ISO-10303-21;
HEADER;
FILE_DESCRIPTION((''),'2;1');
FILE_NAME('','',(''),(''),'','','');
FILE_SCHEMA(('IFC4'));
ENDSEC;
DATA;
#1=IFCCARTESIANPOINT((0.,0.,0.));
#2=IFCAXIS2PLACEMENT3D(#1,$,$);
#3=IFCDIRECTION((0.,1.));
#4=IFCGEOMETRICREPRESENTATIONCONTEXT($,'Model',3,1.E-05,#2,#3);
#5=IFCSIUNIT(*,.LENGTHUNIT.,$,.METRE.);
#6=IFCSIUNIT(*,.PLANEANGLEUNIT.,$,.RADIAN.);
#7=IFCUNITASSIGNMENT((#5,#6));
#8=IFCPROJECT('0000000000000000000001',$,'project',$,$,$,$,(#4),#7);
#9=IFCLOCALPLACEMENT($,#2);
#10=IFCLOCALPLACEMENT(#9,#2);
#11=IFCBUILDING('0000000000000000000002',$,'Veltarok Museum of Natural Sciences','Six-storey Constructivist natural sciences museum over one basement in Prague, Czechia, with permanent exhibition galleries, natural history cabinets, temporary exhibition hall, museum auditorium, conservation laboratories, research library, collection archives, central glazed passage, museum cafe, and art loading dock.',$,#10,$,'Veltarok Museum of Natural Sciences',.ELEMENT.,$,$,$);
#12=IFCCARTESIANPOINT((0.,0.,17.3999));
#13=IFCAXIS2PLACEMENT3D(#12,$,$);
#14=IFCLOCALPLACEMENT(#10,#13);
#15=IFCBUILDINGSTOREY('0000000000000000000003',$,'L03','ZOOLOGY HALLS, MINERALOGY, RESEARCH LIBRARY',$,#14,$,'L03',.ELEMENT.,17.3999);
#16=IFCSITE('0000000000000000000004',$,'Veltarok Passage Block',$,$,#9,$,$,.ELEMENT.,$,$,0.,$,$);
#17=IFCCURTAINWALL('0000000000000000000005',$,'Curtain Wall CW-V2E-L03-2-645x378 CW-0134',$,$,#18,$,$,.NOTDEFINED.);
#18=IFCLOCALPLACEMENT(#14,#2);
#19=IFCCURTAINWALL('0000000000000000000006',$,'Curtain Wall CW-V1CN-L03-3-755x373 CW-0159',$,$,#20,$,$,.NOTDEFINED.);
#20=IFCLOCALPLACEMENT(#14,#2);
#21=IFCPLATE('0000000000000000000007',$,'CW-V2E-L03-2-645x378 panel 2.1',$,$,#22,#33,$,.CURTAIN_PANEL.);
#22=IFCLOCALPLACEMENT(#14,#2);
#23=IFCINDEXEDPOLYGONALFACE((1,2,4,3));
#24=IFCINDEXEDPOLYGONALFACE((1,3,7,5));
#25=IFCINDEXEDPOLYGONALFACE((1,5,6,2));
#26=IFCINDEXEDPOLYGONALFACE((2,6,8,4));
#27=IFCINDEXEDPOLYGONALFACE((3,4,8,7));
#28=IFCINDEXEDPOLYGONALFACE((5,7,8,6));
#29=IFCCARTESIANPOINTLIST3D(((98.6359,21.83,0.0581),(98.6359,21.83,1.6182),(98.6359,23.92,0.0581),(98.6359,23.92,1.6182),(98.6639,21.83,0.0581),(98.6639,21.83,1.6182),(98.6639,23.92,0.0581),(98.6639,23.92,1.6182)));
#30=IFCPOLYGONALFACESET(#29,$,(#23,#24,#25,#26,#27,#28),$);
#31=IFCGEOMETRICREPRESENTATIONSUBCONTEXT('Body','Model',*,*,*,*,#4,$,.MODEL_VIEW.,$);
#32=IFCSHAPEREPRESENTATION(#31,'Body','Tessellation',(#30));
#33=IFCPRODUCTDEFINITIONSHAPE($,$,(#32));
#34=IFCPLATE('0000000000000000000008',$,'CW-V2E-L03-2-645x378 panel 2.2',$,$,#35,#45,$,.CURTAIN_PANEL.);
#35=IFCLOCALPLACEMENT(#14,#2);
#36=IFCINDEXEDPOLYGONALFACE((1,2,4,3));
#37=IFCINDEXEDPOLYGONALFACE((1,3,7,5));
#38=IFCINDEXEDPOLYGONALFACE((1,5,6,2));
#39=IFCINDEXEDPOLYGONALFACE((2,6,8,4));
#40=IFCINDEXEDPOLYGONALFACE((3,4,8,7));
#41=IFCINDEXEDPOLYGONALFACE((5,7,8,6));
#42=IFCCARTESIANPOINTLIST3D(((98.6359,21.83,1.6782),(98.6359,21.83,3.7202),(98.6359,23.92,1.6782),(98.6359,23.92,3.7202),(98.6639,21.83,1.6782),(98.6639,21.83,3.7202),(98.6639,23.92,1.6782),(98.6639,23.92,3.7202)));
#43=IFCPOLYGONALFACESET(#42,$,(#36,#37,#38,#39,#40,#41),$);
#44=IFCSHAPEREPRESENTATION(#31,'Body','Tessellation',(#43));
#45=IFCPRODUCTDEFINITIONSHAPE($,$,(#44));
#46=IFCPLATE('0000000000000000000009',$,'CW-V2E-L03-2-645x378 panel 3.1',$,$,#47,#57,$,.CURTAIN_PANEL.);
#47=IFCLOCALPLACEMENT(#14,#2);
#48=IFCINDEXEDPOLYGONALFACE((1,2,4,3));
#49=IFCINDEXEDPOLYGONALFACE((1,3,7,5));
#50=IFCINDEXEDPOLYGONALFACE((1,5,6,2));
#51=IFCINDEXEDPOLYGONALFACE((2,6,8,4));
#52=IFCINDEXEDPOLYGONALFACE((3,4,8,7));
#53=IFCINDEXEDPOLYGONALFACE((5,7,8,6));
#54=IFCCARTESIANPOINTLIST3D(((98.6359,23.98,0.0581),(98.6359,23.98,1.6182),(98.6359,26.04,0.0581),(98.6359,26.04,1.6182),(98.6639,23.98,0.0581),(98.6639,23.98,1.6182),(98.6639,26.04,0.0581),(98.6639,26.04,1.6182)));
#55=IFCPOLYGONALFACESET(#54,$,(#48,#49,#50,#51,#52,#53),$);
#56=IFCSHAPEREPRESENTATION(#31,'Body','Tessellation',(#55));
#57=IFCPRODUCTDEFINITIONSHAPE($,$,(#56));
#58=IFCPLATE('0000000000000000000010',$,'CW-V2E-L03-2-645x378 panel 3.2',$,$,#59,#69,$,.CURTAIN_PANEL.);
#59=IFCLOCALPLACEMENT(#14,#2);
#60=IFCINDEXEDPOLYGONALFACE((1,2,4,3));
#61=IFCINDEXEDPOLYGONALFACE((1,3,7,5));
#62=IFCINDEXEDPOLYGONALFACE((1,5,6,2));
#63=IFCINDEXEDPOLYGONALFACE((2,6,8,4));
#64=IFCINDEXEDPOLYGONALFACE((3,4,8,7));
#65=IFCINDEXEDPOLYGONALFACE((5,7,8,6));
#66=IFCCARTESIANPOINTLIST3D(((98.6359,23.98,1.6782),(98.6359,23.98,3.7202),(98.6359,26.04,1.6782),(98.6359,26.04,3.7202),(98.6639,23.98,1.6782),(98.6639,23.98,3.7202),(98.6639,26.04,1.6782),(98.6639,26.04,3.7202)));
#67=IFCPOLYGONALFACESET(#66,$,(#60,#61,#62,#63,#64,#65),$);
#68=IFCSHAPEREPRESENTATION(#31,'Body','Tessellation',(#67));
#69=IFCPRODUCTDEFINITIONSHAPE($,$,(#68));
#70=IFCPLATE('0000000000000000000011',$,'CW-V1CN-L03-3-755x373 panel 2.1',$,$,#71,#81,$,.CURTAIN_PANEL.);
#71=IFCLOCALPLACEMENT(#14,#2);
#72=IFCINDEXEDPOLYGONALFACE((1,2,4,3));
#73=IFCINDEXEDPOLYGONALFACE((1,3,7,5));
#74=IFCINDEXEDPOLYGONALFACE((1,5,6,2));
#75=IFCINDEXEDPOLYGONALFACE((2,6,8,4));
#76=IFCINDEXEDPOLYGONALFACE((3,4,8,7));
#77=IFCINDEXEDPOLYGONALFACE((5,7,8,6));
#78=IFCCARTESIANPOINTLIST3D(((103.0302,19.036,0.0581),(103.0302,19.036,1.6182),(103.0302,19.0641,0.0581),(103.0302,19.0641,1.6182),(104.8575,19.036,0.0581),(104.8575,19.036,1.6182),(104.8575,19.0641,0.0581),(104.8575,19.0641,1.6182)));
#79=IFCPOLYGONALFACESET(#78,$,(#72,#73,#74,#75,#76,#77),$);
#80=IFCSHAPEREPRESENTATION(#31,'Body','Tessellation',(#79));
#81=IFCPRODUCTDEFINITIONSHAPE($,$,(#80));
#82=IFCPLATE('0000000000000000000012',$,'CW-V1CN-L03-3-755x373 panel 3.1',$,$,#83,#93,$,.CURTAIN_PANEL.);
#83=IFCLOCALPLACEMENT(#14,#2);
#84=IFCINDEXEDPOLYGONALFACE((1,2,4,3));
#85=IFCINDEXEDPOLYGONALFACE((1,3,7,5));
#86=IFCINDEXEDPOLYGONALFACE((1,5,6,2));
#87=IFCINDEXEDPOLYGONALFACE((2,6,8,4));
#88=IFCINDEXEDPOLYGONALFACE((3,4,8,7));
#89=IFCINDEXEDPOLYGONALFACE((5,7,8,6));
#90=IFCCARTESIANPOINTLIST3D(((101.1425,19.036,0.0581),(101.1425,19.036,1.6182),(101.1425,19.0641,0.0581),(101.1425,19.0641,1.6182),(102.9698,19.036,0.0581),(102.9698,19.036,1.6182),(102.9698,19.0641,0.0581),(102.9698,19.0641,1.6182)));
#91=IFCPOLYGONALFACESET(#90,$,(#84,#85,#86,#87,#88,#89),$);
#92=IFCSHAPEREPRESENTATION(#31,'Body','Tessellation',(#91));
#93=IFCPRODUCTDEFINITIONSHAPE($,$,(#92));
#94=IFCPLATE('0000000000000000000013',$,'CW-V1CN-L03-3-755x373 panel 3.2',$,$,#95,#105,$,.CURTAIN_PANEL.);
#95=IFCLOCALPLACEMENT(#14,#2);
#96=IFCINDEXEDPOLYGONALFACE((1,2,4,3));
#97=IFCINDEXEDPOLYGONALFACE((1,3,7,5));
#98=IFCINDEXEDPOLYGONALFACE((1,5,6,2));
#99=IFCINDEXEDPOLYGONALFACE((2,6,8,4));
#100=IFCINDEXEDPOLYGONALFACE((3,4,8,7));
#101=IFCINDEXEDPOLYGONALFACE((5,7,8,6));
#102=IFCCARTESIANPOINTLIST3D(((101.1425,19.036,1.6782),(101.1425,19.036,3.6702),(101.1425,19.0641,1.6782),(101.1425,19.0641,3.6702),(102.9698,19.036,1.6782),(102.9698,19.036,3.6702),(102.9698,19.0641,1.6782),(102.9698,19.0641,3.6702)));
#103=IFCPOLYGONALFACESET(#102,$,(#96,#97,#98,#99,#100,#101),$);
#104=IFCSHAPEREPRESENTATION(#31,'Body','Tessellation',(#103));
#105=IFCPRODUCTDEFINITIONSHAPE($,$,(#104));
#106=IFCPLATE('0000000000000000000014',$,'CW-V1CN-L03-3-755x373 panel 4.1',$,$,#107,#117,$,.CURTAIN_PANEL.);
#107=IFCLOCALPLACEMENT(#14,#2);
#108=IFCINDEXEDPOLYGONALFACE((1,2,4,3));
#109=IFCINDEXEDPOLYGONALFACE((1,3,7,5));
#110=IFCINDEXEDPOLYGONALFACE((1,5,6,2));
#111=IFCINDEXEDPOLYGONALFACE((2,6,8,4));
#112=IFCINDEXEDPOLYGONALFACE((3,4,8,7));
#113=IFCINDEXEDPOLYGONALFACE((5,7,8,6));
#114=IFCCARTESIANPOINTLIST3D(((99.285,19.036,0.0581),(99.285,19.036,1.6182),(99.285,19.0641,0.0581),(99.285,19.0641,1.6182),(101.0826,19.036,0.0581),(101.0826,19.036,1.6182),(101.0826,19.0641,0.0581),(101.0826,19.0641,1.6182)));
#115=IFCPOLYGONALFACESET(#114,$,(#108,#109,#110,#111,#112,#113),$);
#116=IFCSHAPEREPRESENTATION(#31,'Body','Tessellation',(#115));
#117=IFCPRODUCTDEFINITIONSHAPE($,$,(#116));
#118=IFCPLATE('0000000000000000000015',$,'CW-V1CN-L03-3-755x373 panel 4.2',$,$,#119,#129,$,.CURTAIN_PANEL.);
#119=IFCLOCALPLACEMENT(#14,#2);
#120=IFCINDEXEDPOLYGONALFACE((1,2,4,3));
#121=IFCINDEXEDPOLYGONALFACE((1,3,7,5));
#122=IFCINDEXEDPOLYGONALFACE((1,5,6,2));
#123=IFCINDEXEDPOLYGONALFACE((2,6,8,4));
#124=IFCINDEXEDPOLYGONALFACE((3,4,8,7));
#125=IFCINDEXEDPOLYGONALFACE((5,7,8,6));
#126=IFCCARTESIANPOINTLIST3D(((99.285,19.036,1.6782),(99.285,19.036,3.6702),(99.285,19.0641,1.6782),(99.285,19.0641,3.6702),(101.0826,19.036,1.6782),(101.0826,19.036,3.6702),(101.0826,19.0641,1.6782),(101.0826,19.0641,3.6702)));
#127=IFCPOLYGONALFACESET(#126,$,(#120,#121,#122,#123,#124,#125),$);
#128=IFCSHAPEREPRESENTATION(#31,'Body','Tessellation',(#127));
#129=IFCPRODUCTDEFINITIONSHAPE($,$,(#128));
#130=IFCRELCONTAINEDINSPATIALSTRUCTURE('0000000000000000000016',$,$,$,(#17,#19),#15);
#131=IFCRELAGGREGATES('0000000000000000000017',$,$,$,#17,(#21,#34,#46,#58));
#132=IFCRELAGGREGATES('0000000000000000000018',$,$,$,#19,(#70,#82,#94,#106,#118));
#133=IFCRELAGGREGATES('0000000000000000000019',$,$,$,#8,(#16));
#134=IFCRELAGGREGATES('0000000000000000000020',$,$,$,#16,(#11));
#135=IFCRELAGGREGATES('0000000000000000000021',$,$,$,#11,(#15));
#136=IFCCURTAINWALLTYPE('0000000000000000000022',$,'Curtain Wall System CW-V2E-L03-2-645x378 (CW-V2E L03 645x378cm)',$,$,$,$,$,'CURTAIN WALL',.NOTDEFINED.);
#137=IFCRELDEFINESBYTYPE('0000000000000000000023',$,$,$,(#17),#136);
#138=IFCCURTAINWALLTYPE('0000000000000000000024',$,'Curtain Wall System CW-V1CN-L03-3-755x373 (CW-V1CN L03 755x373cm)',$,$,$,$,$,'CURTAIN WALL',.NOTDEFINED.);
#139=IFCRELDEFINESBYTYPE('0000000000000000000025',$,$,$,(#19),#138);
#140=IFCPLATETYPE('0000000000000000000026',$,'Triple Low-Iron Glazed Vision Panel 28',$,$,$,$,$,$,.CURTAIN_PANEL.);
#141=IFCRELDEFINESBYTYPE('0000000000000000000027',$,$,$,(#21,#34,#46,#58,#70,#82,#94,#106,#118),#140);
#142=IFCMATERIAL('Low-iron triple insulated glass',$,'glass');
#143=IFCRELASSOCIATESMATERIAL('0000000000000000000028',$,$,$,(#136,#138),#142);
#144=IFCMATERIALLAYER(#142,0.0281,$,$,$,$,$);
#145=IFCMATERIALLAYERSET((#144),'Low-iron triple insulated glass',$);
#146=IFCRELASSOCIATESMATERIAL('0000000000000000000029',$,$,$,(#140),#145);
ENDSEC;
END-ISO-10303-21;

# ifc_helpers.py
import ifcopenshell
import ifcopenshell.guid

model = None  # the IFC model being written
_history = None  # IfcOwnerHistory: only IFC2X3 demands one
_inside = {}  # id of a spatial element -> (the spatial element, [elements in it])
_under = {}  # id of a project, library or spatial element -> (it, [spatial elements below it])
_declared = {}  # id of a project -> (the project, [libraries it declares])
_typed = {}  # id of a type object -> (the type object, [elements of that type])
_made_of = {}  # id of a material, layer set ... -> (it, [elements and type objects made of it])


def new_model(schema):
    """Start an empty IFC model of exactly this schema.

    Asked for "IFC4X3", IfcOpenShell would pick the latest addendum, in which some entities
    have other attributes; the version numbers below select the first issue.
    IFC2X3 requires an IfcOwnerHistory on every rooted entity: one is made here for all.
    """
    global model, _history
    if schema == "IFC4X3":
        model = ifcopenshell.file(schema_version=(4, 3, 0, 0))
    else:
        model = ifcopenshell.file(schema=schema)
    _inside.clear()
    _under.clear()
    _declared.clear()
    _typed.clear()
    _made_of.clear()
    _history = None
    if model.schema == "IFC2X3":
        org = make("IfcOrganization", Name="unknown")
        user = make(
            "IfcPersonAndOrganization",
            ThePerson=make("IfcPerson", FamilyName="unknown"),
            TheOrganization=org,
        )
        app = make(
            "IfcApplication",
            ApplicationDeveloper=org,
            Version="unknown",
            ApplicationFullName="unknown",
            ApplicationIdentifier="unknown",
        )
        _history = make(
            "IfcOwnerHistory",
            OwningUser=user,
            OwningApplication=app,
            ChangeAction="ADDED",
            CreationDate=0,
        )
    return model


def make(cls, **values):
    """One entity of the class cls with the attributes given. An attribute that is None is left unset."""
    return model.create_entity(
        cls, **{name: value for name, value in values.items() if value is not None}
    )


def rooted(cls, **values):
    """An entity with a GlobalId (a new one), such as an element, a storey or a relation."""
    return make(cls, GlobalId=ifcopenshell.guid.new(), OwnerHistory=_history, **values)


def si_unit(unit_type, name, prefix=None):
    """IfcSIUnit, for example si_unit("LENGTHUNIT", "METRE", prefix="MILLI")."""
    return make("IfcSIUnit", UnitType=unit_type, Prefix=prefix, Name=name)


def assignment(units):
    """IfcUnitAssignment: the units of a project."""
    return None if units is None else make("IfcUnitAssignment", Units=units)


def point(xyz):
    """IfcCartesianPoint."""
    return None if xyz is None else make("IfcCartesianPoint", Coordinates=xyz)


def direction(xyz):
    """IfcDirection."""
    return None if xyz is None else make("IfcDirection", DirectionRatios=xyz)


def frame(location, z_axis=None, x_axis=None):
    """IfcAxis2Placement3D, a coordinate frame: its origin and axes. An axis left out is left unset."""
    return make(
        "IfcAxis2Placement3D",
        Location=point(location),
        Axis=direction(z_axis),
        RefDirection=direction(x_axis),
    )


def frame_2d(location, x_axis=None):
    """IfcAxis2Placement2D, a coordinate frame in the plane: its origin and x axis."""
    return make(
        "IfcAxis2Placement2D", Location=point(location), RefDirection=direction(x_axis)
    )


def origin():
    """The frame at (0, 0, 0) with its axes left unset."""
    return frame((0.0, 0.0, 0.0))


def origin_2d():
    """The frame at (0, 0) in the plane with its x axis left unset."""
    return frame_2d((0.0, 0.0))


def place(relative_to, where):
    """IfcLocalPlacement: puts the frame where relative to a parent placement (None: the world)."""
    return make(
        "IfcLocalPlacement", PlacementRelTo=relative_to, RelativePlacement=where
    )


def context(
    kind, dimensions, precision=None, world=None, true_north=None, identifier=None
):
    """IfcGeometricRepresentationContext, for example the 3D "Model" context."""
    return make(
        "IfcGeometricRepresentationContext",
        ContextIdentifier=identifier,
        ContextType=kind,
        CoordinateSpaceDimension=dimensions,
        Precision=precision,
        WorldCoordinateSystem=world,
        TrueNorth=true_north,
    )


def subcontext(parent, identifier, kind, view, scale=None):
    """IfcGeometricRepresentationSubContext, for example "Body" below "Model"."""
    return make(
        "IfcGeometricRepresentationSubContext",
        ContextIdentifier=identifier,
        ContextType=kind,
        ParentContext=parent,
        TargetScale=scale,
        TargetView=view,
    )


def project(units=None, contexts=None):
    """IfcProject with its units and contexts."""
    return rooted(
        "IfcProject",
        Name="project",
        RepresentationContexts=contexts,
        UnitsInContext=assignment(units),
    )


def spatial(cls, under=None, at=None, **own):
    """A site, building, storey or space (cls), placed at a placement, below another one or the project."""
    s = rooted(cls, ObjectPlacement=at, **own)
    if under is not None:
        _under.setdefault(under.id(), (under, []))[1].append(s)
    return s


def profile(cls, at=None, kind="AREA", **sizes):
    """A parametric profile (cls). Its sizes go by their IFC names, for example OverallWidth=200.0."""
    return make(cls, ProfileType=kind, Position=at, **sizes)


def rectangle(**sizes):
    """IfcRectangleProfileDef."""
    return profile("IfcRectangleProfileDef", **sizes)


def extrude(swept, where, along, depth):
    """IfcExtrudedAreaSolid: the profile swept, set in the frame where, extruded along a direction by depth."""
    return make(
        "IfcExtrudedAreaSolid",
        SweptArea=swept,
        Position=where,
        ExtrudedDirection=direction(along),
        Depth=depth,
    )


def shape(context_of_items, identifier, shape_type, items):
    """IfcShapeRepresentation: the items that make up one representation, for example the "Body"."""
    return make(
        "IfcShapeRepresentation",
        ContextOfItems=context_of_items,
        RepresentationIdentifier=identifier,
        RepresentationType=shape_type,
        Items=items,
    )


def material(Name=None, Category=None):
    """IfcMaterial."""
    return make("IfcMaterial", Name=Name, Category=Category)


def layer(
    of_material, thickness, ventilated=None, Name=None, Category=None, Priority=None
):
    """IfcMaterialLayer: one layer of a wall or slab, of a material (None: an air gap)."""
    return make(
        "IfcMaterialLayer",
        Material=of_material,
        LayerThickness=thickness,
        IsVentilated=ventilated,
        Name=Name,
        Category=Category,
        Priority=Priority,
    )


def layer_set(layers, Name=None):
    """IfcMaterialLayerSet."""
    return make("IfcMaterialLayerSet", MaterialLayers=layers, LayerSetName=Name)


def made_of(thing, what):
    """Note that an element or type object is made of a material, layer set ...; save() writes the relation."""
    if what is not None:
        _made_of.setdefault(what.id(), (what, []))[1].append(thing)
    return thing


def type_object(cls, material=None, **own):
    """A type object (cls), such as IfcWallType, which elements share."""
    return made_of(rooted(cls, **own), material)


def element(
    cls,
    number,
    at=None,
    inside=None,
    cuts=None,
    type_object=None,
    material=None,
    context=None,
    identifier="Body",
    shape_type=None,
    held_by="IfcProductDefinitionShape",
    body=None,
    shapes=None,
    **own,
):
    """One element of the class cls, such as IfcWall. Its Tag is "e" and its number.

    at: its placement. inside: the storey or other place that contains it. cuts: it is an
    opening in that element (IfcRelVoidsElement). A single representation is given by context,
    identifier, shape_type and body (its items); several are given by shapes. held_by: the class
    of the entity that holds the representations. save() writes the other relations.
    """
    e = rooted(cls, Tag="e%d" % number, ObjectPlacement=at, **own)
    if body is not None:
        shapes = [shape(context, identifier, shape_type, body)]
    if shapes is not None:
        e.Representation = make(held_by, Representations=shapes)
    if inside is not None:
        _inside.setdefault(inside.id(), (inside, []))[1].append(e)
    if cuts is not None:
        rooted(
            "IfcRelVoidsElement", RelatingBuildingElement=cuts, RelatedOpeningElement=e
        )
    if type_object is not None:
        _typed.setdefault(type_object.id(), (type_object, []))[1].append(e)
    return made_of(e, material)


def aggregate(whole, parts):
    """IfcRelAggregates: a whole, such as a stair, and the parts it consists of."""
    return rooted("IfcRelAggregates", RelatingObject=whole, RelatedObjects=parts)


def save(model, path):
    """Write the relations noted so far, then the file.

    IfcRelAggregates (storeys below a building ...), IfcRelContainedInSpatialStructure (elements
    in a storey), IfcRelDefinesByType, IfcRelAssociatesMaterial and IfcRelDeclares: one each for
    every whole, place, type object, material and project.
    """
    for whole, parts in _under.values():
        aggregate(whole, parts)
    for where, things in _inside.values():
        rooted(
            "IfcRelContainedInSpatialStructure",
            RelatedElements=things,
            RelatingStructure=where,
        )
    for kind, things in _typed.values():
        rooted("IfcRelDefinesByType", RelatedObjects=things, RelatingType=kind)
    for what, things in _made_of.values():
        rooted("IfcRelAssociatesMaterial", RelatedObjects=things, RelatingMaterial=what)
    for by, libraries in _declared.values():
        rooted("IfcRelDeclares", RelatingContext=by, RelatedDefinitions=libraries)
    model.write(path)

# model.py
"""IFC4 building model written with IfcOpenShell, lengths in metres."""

from ifc_helpers import new_model, si_unit, direction, frame, origin, origin_2d, place, context, subcontext, project, spatial, rectangle, extrude, material, layer, layer_set, type_object, element, aggregate, save


model = new_model("IFC4")

# Units and contexts
model_context = context("Model", 3, precision=1e-05, world=origin(), true_north=direction((0.0, 1.0)))
body_context = subcontext(model_context, "Body", "Model", "MODEL_VIEW")
ifc_project = project(units=[si_unit("LENGTHUNIT", "METRE"), si_unit("PLANEANGLEUNIT", "RADIAN")], contexts=[model_context])

# Site, building, storey
site_placement = place(None, origin())
site = spatial("IfcSite", under=ifc_project, at=site_placement, Name="Veltarok Passage Block", CompositionType="ELEMENT", RefElevation=0.0)
building_placement = place(site_placement, origin())
building = spatial("IfcBuilding", under=site, at=building_placement, Name="Veltarok Museum of Natural Sciences", Description="Six-storey Constructivist natural sciences museum over one basement in Prague, Czechia, with permanent exhibition galleries, natural history cabinets, temporary exhibition hall, museum auditorium, conservation laboratories, research library, collection archives, central glazed passage, museum cafe, and art loading dock.", LongName="Veltarok Museum of Natural Sciences", CompositionType="ELEMENT")
storey_placement = place(building_placement, frame((0.0, 0.0, 17.3999)))
storey = spatial("IfcBuildingStorey", under=building, at=storey_placement, Name="L03", Description="ZOOLOGY HALLS, MINERALOGY, RESEARCH LIBRARY", LongName="L03", CompositionType="ELEMENT", Elevation=17.3999)

# Curtain walls
ifc_material_1 = material(Name="Low-iron triple insulated glass", Category="glass")
curtain_wall_type_1 = type_object("IfcCurtainWallType", Name="Curtain Wall System CW-V2E-L03-2-645x378 (CW-V2E L03 645x378cm)", ElementType="CURTAIN WALL", PredefinedType="NOTDEFINED", material=ifc_material_1)
curtain_wall_1_placement = place(storey_placement, origin())
curtain_wall_1 = element("IfcCurtainWall", 1, at=curtain_wall_1_placement, inside=storey, type_object=curtain_wall_type_1, Name="Curtain Wall CW-V2E-L03-2-645x378 CW-0134", PredefinedType="NOTDEFINED")
curtain_wall_type_2 = type_object("IfcCurtainWallType", Name="Curtain Wall System CW-V1CN-L03-3-755x373 (CW-V1CN L03 755x373cm)", ElementType="CURTAIN WALL", PredefinedType="NOTDEFINED", material=ifc_material_1)
curtain_wall_2_placement = place(storey_placement, origin())
curtain_wall_2 = element("IfcCurtainWall", 2, at=curtain_wall_2_placement, inside=storey, type_object=curtain_wall_type_2, Name="Curtain Wall CW-V1CN-L03-3-755x373 CW-0159", PredefinedType="NOTDEFINED")

# Plates
ifc_layer = layer(ifc_material_1, 0.0281)
ifc_layer_set = layer_set([ifc_layer], Name="Low-iron triple insulated glass")
plate_type = type_object("IfcPlateType", Name="Triple Low-Iron Glazed Vision Panel 28", PredefinedType="CURTAIN_PANEL", material=ifc_layer_set)
plate_1_placement = place(storey_placement, frame((98.6499, 22.875, 0.0581), z_axis=(0.0, 0.0, 1.0), x_axis=(0.0, 1.0, 0.0)))
plate_1 = element("IfcPlate", 3, at=plate_1_placement, type_object=plate_type, Name="CW-V2E-L03-2-645x378 panel 2.1", PredefinedType="CURTAIN_PANEL", context=body_context, shape_type="SweptSolid", body=[
    extrude(rectangle(XDim=2.0901, YDim=0.0281, at=origin_2d()), origin(), (0.0, 0.0, 1.0), 1.5601),
])
plate_2_placement = place(storey_placement, frame((98.6499, 22.875, 1.6782), z_axis=(0.0, 0.0, 1.0), x_axis=(0.0, 1.0, 0.0)))
plate_2 = element("IfcPlate", 4, at=plate_2_placement, type_object=plate_type, Name="CW-V2E-L03-2-645x378 panel 2.2", PredefinedType="CURTAIN_PANEL", context=body_context, shape_type="SweptSolid", body=[
    extrude(rectangle(XDim=2.0901, YDim=0.0281, at=origin_2d()), origin(), (0.0, 0.0, 1.0), 2.042),
])
plate_3_placement = place(storey_placement, frame((98.6499, 25.01, 0.0581), z_axis=(0.0, 0.0, 1.0), x_axis=(0.0, 1.0, 0.0)))
plate_3 = element("IfcPlate", 5, at=plate_3_placement, type_object=plate_type, Name="CW-V2E-L03-2-645x378 panel 3.1", PredefinedType="CURTAIN_PANEL", context=body_context, shape_type="SweptSolid", body=[
    extrude(rectangle(XDim=2.0601, YDim=0.0281, at=origin_2d()), origin(), (0.0, 0.0, 1.0), 1.5601),
])
plate_4_placement = place(storey_placement, frame((98.6499, 25.01, 1.6782), z_axis=(0.0, 0.0, 1.0), x_axis=(0.0, 1.0, 0.0)))
plate_4 = element("IfcPlate", 6, at=plate_4_placement, type_object=plate_type, Name="CW-V2E-L03-2-645x378 panel 3.2", PredefinedType="CURTAIN_PANEL", context=body_context, shape_type="SweptSolid", body=[
    extrude(rectangle(XDim=2.0601, YDim=0.0281, at=origin_2d()), origin(), (0.0, 0.0, 1.0), 2.042),
])
aggregate(curtain_wall_1, [plate_1, plate_2, plate_3, plate_4])
plate_5_placement = place(storey_placement, frame((103.9438, 19.05, 0.0581), z_axis=(0.0, 0.0, 1.0), x_axis=(-1.0, 0.0, 0.0)))
plate_5 = element("IfcPlate", 7, at=plate_5_placement, type_object=plate_type, Name="CW-V1CN-L03-3-755x373 panel 2.1", PredefinedType="CURTAIN_PANEL", context=body_context, shape_type="SweptSolid", body=[
    extrude(rectangle(XDim=1.8274, YDim=0.0281, at=origin_2d()), origin(), (0.0, 0.0, 1.0), 1.5601),
])
plate_6_placement = place(storey_placement, frame((102.0562, 19.05, 0.0581), z_axis=(0.0, 0.0, 1.0), x_axis=(-1.0, 0.0, 0.0)))
plate_6 = element("IfcPlate", 8, at=plate_6_placement, type_object=plate_type, Name="CW-V1CN-L03-3-755x373 panel 3.1", PredefinedType="CURTAIN_PANEL", context=body_context, shape_type="SweptSolid", body=[
    extrude(rectangle(XDim=1.8274, YDim=0.0281, at=origin_2d()), origin(), (0.0, 0.0, 1.0), 1.5601),
])
plate_7_placement = place(storey_placement, frame((102.0562, 19.05, 1.6782), z_axis=(0.0, 0.0, 1.0), x_axis=(-1.0, 0.0, 0.0)))
plate_7 = element("IfcPlate", 9, at=plate_7_placement, type_object=plate_type, Name="CW-V1CN-L03-3-755x373 panel 3.2", PredefinedType="CURTAIN_PANEL", context=body_context, shape_type="SweptSolid", body=[
    extrude(rectangle(XDim=1.8274, YDim=0.0281, at=origin_2d()), origin(), (0.0, 0.0, 1.0), 1.9919),
])
plate_8_placement = place(storey_placement, frame((100.1838, 19.05, 0.0581), z_axis=(0.0, 0.0, 1.0), x_axis=(-1.0, 0.0, 0.0)))
plate_8 = element("IfcPlate", 10, at=plate_8_placement, type_object=plate_type, Name="CW-V1CN-L03-3-755x373 panel 4.1", PredefinedType="CURTAIN_PANEL", context=body_context, shape_type="SweptSolid", body=[
    extrude(rectangle(XDim=1.7976, YDim=0.0281, at=origin_2d()), origin(), (0.0, 0.0, 1.0), 1.5601),
])
plate_9_placement = place(storey_placement, frame((100.1838, 19.05, 1.6782), z_axis=(0.0, 0.0, 1.0), x_axis=(-1.0, 0.0, 0.0)))
plate_9 = element("IfcPlate", 11, at=plate_9_placement, type_object=plate_type, Name="CW-V1CN-L03-3-755x373 panel 4.2", PredefinedType="CURTAIN_PANEL", context=body_context, shape_type="SweptSolid", body=[
    extrude(rectangle(XDim=1.7976, YDim=0.0281, at=origin_2d()), origin(), (0.0, 0.0, 1.0), 1.9919),
])
aggregate(curtain_wall_2, [plate_5, plate_6, plate_7, plate_8, plate_9])

save(model, "model.ifc")
